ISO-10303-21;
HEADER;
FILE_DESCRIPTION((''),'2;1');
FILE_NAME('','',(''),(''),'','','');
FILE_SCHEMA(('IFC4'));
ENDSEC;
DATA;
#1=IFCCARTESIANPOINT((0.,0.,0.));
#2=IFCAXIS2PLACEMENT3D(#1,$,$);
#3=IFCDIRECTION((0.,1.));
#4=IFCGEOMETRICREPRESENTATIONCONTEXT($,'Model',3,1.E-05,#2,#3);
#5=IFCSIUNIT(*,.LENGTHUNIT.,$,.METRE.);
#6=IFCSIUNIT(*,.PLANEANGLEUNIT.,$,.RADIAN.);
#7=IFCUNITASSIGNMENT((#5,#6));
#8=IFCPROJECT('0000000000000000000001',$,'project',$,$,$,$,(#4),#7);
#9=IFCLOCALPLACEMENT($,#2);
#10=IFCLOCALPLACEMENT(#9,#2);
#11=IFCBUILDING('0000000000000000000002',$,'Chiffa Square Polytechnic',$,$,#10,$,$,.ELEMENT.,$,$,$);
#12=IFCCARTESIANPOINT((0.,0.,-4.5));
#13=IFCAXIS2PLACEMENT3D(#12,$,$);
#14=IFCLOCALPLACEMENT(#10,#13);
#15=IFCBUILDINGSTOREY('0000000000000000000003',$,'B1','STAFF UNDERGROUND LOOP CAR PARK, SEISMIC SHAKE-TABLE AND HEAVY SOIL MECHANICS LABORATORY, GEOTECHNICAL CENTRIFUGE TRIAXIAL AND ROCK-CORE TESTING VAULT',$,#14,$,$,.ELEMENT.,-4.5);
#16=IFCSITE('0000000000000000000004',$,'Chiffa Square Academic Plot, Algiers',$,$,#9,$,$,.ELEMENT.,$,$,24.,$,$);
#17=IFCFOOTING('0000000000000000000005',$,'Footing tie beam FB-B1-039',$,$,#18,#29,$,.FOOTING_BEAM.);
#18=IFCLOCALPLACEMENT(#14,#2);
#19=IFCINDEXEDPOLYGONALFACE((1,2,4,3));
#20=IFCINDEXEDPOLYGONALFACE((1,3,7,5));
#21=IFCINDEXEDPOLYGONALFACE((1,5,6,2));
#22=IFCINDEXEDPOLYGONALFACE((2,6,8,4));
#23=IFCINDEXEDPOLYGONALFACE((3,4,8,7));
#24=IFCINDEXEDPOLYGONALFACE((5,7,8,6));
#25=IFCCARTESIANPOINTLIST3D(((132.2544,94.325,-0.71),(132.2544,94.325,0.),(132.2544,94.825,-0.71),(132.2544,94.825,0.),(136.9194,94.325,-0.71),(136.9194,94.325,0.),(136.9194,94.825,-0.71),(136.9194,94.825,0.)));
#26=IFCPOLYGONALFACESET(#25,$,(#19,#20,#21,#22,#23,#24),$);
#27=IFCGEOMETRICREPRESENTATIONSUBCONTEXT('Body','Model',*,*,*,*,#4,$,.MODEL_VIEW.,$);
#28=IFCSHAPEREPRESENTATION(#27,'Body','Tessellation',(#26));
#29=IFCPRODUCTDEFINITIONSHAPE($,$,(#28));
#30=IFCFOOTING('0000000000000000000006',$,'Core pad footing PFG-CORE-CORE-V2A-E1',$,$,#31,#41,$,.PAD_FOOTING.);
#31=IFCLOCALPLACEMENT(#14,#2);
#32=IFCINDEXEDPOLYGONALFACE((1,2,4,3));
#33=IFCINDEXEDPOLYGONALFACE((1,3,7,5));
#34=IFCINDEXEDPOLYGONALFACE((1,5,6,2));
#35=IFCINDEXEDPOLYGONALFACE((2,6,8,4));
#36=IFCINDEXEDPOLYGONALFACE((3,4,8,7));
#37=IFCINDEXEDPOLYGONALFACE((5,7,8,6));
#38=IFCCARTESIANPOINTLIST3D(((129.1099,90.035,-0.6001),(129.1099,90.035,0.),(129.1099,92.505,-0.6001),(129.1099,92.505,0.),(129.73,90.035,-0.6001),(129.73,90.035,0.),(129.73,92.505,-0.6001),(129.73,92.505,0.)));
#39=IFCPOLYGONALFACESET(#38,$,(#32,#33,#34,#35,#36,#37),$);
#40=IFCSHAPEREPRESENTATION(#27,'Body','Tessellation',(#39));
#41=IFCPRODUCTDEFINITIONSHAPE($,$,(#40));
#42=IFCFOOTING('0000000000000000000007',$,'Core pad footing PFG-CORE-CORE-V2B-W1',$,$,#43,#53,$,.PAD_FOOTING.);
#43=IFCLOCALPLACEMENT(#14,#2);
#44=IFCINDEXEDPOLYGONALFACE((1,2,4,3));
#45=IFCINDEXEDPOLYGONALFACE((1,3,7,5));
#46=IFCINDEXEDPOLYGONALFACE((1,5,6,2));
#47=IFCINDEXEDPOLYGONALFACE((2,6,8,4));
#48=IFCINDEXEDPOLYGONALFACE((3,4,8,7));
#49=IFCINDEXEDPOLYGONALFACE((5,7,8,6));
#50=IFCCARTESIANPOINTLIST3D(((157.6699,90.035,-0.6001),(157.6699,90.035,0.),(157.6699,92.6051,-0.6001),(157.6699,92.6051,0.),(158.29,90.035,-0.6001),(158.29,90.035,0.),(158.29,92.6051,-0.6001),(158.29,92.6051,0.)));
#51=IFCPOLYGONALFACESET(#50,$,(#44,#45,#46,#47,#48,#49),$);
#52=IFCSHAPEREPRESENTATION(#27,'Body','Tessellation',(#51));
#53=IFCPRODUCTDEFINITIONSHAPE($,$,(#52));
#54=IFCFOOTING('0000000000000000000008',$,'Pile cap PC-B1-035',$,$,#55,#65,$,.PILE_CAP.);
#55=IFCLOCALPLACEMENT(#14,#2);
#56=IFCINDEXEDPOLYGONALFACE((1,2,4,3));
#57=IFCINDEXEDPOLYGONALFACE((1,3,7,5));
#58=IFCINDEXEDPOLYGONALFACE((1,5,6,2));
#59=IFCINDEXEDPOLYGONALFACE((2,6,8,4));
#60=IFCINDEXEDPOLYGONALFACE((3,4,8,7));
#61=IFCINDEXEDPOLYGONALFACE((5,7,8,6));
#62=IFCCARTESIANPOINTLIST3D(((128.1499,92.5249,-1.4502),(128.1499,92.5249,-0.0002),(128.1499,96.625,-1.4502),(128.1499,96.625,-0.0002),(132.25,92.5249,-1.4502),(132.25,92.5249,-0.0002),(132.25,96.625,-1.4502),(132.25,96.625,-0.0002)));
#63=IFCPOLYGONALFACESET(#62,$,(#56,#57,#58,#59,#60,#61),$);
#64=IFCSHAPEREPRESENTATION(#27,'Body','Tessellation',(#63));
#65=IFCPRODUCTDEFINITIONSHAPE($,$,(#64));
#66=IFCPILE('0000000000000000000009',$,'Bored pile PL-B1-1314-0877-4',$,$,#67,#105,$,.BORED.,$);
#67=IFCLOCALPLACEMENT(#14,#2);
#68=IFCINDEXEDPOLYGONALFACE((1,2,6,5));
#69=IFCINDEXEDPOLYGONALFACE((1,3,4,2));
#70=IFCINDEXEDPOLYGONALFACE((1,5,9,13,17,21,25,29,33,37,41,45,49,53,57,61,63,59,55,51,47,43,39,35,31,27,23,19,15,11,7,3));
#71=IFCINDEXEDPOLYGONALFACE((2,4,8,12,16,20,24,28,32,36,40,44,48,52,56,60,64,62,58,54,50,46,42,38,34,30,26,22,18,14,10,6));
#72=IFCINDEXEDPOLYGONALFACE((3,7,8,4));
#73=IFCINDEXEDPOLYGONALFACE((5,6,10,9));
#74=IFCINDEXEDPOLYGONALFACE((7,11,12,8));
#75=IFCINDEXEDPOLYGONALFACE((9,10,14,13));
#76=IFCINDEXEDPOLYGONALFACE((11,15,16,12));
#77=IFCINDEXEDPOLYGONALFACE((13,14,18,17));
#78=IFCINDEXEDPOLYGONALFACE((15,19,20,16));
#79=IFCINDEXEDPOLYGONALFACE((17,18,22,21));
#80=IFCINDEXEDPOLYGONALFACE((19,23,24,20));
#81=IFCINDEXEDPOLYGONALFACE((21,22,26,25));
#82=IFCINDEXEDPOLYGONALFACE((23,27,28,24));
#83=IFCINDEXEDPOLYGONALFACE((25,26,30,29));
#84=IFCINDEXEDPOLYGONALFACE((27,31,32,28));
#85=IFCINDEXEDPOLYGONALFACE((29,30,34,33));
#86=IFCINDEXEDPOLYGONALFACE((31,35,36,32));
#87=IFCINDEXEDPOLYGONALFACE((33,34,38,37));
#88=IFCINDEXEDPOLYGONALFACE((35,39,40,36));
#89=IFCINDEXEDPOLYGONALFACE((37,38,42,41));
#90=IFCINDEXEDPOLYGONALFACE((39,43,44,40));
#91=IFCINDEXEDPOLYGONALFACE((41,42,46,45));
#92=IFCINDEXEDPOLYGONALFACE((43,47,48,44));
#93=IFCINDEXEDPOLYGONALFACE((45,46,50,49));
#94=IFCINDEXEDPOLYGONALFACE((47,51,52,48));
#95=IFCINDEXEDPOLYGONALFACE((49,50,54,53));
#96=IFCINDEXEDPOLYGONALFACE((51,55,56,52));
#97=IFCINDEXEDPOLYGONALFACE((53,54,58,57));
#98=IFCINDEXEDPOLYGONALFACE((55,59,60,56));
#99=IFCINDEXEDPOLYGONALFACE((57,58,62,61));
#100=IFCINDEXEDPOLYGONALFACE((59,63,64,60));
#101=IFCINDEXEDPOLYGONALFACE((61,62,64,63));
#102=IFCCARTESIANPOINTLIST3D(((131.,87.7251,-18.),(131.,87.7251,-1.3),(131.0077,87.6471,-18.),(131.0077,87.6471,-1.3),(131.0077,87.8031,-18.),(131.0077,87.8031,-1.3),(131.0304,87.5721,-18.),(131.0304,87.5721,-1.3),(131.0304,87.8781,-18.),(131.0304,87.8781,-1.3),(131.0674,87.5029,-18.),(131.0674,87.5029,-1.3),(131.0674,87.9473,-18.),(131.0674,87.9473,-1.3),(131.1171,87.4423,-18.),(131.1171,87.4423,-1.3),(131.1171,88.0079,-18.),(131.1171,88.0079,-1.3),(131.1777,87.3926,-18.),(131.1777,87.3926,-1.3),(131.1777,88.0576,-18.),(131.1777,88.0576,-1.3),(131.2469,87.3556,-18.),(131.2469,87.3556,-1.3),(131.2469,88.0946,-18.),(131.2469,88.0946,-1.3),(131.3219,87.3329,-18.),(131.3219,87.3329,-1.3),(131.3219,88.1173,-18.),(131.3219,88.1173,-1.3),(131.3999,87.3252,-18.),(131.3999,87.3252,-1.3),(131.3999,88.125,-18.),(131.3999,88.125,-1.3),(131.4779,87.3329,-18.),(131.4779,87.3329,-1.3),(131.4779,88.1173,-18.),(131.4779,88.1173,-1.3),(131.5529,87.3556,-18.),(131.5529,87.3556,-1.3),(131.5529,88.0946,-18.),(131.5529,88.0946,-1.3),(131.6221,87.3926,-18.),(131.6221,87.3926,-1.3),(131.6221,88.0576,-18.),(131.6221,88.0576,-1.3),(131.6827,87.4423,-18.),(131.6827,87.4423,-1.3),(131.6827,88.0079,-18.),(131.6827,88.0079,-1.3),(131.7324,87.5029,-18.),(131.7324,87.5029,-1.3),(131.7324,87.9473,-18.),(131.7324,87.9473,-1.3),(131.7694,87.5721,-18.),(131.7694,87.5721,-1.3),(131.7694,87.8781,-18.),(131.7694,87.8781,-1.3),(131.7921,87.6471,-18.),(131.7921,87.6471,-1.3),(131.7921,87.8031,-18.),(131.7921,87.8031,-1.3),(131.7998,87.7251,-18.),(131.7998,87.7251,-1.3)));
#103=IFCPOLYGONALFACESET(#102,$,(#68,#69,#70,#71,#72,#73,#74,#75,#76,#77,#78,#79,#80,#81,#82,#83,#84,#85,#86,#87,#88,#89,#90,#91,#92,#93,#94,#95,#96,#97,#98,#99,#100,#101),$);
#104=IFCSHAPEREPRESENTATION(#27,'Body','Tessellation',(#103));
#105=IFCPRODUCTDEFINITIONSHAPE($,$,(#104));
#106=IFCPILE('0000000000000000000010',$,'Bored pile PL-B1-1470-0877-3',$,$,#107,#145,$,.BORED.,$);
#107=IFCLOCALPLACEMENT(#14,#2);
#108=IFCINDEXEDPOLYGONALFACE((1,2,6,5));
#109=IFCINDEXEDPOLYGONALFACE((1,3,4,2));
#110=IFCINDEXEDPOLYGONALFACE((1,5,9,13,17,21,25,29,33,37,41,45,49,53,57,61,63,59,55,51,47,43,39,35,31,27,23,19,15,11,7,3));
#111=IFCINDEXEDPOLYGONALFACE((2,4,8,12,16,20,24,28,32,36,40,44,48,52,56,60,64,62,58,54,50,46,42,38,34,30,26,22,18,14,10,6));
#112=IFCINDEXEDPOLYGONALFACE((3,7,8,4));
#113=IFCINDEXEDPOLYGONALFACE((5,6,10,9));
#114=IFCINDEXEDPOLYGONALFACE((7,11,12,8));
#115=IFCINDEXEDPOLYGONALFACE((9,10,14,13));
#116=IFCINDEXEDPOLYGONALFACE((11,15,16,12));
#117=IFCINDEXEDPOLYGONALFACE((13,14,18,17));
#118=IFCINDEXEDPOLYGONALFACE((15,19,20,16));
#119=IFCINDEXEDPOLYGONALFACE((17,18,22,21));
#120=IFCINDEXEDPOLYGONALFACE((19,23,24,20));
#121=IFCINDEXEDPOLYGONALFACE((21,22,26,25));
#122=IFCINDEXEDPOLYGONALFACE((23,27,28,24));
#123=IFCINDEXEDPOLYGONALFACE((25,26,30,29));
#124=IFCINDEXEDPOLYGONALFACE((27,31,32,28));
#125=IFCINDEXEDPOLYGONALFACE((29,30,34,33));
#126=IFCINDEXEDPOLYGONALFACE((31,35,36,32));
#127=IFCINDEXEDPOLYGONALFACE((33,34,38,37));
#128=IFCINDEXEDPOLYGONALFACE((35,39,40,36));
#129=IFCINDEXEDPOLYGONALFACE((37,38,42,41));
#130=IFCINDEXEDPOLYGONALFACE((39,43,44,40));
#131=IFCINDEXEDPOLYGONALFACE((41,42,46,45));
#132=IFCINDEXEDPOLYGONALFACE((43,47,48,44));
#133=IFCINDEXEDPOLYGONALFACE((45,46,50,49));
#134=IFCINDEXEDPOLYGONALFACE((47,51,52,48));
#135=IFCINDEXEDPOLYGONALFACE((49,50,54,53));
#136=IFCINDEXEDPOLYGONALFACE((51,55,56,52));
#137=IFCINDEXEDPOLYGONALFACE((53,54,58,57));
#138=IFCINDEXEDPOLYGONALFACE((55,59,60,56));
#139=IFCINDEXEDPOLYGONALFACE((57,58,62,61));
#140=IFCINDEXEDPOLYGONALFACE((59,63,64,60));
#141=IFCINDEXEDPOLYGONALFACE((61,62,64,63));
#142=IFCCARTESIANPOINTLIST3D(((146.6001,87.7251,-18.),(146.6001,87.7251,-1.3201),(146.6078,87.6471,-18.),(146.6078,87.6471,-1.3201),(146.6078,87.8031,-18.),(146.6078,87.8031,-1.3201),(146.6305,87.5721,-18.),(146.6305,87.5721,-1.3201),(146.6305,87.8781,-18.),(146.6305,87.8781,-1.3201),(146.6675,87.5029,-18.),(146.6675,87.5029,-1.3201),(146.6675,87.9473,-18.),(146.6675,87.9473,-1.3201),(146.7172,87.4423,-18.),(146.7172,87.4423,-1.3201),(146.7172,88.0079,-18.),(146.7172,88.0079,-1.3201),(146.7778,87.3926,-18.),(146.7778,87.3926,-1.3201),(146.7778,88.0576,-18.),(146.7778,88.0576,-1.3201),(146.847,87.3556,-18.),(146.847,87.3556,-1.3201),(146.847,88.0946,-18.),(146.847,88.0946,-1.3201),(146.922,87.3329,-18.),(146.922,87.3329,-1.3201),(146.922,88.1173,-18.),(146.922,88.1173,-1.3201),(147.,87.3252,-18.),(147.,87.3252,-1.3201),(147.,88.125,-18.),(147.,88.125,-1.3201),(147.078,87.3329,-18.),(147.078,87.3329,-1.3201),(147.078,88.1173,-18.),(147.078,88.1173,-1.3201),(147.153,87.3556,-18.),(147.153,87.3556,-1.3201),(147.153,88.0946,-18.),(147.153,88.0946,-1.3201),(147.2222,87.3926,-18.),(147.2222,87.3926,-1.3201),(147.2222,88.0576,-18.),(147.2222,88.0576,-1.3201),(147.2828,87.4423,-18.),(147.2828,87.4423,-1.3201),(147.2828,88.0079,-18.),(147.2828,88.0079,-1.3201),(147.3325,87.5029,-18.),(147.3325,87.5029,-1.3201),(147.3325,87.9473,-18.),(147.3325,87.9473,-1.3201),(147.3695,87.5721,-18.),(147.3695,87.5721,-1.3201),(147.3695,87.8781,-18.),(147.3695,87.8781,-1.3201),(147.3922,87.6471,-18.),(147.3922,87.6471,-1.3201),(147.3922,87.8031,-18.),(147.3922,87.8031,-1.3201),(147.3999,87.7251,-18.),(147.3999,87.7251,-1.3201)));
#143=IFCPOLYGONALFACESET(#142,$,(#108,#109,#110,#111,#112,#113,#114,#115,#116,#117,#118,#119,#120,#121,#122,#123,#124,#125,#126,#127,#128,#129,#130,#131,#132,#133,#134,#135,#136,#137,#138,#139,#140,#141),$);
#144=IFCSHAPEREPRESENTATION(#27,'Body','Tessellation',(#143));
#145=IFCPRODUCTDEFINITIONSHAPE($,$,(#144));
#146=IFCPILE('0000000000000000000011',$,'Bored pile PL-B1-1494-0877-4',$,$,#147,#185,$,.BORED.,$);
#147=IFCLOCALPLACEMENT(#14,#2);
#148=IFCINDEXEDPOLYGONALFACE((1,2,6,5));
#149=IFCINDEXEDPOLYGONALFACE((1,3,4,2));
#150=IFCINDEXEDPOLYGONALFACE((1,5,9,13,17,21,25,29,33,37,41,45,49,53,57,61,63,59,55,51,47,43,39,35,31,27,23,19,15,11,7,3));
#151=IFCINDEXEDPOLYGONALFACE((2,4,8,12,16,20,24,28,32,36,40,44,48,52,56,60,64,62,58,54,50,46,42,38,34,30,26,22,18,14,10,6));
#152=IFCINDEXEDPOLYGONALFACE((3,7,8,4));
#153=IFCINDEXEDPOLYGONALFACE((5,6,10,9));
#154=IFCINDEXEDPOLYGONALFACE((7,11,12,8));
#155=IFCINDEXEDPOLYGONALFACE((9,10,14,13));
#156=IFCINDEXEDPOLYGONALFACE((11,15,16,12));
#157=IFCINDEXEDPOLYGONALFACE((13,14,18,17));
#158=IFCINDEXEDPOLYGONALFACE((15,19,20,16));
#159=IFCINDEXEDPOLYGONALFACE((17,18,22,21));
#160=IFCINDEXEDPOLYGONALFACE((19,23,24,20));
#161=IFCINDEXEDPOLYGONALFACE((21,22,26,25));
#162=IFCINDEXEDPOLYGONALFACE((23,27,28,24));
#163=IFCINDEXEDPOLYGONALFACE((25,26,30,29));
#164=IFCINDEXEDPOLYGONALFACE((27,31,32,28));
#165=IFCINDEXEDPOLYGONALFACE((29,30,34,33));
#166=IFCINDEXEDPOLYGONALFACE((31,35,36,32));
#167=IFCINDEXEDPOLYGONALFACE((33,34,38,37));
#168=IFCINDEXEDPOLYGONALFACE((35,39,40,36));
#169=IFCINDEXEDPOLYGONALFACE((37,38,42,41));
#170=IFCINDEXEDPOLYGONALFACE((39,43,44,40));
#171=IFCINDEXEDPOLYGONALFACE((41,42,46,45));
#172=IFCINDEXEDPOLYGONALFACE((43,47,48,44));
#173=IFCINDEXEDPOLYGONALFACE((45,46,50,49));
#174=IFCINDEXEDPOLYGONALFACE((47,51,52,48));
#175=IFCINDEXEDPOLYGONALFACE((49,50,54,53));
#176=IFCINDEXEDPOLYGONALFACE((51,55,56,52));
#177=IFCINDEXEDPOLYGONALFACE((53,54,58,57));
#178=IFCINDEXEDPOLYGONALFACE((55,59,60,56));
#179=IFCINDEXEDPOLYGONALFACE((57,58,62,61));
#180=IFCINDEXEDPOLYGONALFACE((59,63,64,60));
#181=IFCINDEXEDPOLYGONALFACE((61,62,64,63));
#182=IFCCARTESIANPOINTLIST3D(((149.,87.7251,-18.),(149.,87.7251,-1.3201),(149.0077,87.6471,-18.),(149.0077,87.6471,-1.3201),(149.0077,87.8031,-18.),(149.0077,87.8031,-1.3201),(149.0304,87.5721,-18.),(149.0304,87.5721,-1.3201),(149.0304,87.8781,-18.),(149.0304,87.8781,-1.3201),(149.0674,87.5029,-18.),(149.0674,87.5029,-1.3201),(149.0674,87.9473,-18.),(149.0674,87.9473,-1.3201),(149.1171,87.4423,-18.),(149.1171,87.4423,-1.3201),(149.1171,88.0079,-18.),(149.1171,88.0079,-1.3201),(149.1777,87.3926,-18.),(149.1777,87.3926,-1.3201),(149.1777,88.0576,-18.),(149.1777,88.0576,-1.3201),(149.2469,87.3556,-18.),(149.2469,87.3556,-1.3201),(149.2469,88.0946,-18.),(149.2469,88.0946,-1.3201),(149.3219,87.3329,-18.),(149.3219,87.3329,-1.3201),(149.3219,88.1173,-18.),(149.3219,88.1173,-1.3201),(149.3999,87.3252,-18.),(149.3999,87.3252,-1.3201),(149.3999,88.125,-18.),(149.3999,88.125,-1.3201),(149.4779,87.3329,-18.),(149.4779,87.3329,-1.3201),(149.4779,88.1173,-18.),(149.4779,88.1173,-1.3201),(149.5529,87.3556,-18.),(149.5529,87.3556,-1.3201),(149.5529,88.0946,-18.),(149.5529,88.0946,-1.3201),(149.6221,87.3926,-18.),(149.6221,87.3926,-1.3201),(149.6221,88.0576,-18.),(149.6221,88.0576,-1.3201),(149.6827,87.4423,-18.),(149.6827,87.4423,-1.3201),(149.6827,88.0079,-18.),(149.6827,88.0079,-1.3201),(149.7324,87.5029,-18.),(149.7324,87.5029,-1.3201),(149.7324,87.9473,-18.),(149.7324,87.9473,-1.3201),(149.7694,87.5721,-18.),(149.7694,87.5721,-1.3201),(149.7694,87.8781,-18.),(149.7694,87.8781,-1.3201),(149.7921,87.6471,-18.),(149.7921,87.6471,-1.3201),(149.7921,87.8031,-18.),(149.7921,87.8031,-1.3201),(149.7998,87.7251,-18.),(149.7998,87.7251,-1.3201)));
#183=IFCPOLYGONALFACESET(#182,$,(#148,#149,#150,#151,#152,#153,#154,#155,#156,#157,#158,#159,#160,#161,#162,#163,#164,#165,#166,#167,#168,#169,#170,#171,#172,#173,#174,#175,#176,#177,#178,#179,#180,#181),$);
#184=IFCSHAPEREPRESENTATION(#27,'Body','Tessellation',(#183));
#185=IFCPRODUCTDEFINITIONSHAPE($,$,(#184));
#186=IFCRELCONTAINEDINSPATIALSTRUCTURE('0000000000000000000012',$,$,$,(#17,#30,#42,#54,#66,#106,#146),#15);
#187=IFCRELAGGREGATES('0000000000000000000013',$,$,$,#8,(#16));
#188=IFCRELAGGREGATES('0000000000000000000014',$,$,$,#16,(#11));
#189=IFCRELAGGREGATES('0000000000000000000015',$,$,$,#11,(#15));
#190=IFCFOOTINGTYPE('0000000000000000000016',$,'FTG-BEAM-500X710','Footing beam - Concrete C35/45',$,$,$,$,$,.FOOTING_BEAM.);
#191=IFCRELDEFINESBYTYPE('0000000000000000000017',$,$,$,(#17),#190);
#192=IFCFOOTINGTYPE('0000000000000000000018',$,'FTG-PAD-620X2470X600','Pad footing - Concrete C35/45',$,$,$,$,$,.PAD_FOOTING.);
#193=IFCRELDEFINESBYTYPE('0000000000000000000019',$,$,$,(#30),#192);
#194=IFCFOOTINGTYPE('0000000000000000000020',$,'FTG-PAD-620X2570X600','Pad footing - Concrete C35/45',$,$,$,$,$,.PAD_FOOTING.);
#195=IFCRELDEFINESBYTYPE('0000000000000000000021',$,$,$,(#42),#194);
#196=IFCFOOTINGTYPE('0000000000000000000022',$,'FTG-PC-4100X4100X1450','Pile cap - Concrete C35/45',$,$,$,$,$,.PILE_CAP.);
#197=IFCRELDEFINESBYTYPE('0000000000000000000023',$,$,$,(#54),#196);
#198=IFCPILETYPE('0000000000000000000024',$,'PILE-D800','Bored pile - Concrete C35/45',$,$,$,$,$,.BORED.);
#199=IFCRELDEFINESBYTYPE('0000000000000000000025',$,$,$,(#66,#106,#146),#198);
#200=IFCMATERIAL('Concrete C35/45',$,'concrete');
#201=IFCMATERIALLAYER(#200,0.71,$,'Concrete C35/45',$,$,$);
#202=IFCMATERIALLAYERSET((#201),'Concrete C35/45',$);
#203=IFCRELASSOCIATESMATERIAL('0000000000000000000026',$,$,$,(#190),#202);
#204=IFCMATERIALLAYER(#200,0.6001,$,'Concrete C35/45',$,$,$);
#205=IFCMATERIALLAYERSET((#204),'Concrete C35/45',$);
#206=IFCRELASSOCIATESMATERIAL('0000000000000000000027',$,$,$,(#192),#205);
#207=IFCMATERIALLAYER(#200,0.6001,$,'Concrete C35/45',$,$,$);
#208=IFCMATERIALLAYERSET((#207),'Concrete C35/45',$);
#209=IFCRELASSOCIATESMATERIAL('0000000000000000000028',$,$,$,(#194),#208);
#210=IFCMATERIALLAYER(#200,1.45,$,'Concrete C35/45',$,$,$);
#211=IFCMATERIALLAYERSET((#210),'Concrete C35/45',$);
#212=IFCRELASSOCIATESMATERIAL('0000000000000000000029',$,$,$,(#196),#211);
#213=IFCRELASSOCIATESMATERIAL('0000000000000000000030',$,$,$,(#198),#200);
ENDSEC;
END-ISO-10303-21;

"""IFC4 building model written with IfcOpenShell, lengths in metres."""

from ifc_helpers import new_model, si_unit, direction, frame, origin, origin_2d, place, context, subcontext, project, spatial, rectangle, circle, extrude, material, layer, layer_set, material_profile, profile_set, type_object, element, save


model = new_model("IFC4")

# Units and contexts
model_context = context("Model", 3, precision=1e-05, world=origin(), true_north=direction((0.0, 1.0)))
body_context = subcontext(model_context, "Body", "Model", "MODEL_VIEW")
ifc_project = project(units=[si_unit("LENGTHUNIT", "METRE"), si_unit("PLANEANGLEUNIT", "RADIAN")], contexts=[model_context])

# Site, building, storey
site_placement = place(None, origin())
site = spatial("IfcSite", under=ifc_project, at=site_placement, Name="Chiffa Square Academic Plot, Algiers", CompositionType="ELEMENT", RefElevation=24.0)
building_placement = place(site_placement, origin())
building = spatial("IfcBuilding", under=site, at=building_placement, Name="Chiffa Square Polytechnic", CompositionType="ELEMENT")
storey_placement = place(building_placement, frame((0.0, 0.0, -4.5)))
storey = spatial("IfcBuildingStorey", under=building, at=storey_placement, Name="B1", Description="STAFF UNDERGROUND LOOP CAR PARK, SEISMIC SHAKE-TABLE AND HEAVY SOIL MECHANICS LABORATORY, GEOTECHNICAL CENTRIFUGE TRIAXIAL AND ROCK-CORE TESTING VAULT", CompositionType="ELEMENT", Elevation=-4.5)

# Footings
ifc_material_1 = material(Name="Concrete C35/45", Category="concrete")
ifc_layer_1 = layer(ifc_material_1, 0.71, Name="Concrete C35/45")
ifc_layer_set_1 = layer_set([ifc_layer_1], Name="Concrete C35/45")
footing_type_1 = type_object("IfcFootingType", Name="FTG-BEAM-500X710", Description="Footing beam - Concrete C35/45", PredefinedType="FOOTING_BEAM", material=ifc_layer_set_1)
footing_1_placement = place(storey_placement, frame((134.5869, 94.575, -0.71), z_axis=(0.0, 0.0, 1.0), x_axis=(1.0, 0.0, 0.0)))
element("IfcFooting", 1, at=footing_1_placement, inside=storey, type_object=footing_type_1, Name="Footing tie beam FB-B1-039", PredefinedType="FOOTING_BEAM", context=body_context, shape_type="SweptSolid", body=[
    extrude(rectangle(XDim=4.665, YDim=0.5, at=origin_2d()), origin(), (0.0, 0.0, 1.0), 0.71),
])
ifc_layer_2 = layer(ifc_material_1, 0.6001, Name="Concrete C35/45")
ifc_layer_set_2 = layer_set([ifc_layer_2], Name="Concrete C35/45")
footing_type_2 = type_object("IfcFootingType", Name="FTG-PAD-620X2470X600", Description="Pad footing - Concrete C35/45", PredefinedType="PAD_FOOTING", material=ifc_layer_set_2)
footing_2_placement = place(storey_placement, frame((129.4199, 91.27, -0.6001), z_axis=(0.0, 0.0, 1.0), x_axis=(1.0, 0.0, 0.0)))
element("IfcFooting", 2, at=footing_2_placement, inside=storey, type_object=footing_type_2, Name="Core pad footing PFG-CORE-CORE-V2A-E1", PredefinedType="PAD_FOOTING", context=body_context, shape_type="SweptSolid", body=[
    extrude(rectangle(XDim=0.6201, YDim=2.47, at=origin_2d()), origin(), (0.0, 0.0, 1.0), 0.6001),
])
ifc_layer_3 = layer(ifc_material_1, 0.6001, Name="Concrete C35/45")
ifc_layer_set_3 = layer_set([ifc_layer_3], Name="Concrete C35/45")
footing_type_3 = type_object("IfcFootingType", Name="FTG-PAD-620X2570X600", Description="Pad footing - Concrete C35/45", PredefinedType="PAD_FOOTING", material=ifc_layer_set_3)
footing_3_placement = place(storey_placement, frame((157.98, 91.3201, -0.6001), z_axis=(0.0, 0.0, 1.0), x_axis=(1.0, 0.0, 0.0)))
element("IfcFooting", 3, at=footing_3_placement, inside=storey, type_object=footing_type_3, Name="Core pad footing PFG-CORE-CORE-V2B-W1", PredefinedType="PAD_FOOTING", context=body_context, shape_type="SweptSolid", body=[
    extrude(rectangle(XDim=0.6201, YDim=2.5701, at=origin_2d()), origin(), (0.0, 0.0, 1.0), 0.6001),
])
ifc_layer_4 = layer(ifc_material_1, 1.45, Name="Concrete C35/45")
ifc_layer_set_4 = layer_set([ifc_layer_4], Name="Concrete C35/45")
footing_type_4 = type_object("IfcFootingType", Name="FTG-PC-4100X4100X1450", Description="Pile cap - Concrete C35/45", PredefinedType="PILE_CAP", material=ifc_layer_set_4)
footing_4_placement = place(storey_placement, frame((130.2, 94.575, -1.4502), z_axis=(0.0, 0.0, 1.0), x_axis=(1.0, 0.0, 0.0)))
element("IfcFooting", 4, at=footing_4_placement, inside=storey, type_object=footing_type_4, Name="Pile cap PC-B1-035", PredefinedType="PILE_CAP", context=body_context, shape_type="SweptSolid", body=[
    extrude(rectangle(XDim=4.1001, YDim=4.1001, at=origin_2d()), origin(), (0.0, 0.0, 1.0), 1.45),
])

# Piles
ifc_material_profile_1 = material_profile(ifc_material_1, circle(Radius=0.3999, at=origin_2d()), Name="PILE D800")
ifc_profile_set_1 = profile_set([ifc_material_profile_1], Name="Concrete C35/45")
pile_type_1 = type_object("IfcPileType", Name="PILE-D800", Description="Bored pile - Concrete C35/45", PredefinedType="BORED", material=ifc_profile_set_1)
pile_1_placement = place(storey_placement, frame((131.3999, 87.7251, -1.3), z_axis=(0.0, 0.0, -1.0), x_axis=(1.0, 0.0, 0.0)))
element("IfcPile", 5, at=pile_1_placement, inside=storey, type_object=pile_type_1, Name="Bored pile PL-B1-1314-0877-4", PredefinedType="BORED", context=body_context, shape_type="SweptSolid", body=[
    extrude(circle(Radius=0.3999, at=origin_2d()), origin(), (0.0, 0.0, 1.0), 16.7),
])
for number, where, z_axis, x_axis, name in (
    (6, (147.0, 87.7251, -1.3201), (0.0, 0.0, -1.0), (1.0, 0.0, 0.0), "Bored pile PL-B1-1470-0877-3"),
    (7, (149.3999, 87.7251, -1.3201), (0.0, 0.0, -1.0), (1.0, 0.0, 0.0), "Bored pile PL-B1-1494-0877-4"),
):
    element("IfcPile", number, at=place(storey_placement, frame(where, z_axis=z_axis, x_axis=x_axis)), inside=storey, type_object=pile_type_1, Name=name, PredefinedType="BORED", context=body_context, shape_type="SweptSolid", body=[
        extrude(circle(Radius=0.3999, at=origin_2d()), origin(), (0.0, 0.0, 1.0), 16.6799),
    ])

save(model, "model.ifc")
